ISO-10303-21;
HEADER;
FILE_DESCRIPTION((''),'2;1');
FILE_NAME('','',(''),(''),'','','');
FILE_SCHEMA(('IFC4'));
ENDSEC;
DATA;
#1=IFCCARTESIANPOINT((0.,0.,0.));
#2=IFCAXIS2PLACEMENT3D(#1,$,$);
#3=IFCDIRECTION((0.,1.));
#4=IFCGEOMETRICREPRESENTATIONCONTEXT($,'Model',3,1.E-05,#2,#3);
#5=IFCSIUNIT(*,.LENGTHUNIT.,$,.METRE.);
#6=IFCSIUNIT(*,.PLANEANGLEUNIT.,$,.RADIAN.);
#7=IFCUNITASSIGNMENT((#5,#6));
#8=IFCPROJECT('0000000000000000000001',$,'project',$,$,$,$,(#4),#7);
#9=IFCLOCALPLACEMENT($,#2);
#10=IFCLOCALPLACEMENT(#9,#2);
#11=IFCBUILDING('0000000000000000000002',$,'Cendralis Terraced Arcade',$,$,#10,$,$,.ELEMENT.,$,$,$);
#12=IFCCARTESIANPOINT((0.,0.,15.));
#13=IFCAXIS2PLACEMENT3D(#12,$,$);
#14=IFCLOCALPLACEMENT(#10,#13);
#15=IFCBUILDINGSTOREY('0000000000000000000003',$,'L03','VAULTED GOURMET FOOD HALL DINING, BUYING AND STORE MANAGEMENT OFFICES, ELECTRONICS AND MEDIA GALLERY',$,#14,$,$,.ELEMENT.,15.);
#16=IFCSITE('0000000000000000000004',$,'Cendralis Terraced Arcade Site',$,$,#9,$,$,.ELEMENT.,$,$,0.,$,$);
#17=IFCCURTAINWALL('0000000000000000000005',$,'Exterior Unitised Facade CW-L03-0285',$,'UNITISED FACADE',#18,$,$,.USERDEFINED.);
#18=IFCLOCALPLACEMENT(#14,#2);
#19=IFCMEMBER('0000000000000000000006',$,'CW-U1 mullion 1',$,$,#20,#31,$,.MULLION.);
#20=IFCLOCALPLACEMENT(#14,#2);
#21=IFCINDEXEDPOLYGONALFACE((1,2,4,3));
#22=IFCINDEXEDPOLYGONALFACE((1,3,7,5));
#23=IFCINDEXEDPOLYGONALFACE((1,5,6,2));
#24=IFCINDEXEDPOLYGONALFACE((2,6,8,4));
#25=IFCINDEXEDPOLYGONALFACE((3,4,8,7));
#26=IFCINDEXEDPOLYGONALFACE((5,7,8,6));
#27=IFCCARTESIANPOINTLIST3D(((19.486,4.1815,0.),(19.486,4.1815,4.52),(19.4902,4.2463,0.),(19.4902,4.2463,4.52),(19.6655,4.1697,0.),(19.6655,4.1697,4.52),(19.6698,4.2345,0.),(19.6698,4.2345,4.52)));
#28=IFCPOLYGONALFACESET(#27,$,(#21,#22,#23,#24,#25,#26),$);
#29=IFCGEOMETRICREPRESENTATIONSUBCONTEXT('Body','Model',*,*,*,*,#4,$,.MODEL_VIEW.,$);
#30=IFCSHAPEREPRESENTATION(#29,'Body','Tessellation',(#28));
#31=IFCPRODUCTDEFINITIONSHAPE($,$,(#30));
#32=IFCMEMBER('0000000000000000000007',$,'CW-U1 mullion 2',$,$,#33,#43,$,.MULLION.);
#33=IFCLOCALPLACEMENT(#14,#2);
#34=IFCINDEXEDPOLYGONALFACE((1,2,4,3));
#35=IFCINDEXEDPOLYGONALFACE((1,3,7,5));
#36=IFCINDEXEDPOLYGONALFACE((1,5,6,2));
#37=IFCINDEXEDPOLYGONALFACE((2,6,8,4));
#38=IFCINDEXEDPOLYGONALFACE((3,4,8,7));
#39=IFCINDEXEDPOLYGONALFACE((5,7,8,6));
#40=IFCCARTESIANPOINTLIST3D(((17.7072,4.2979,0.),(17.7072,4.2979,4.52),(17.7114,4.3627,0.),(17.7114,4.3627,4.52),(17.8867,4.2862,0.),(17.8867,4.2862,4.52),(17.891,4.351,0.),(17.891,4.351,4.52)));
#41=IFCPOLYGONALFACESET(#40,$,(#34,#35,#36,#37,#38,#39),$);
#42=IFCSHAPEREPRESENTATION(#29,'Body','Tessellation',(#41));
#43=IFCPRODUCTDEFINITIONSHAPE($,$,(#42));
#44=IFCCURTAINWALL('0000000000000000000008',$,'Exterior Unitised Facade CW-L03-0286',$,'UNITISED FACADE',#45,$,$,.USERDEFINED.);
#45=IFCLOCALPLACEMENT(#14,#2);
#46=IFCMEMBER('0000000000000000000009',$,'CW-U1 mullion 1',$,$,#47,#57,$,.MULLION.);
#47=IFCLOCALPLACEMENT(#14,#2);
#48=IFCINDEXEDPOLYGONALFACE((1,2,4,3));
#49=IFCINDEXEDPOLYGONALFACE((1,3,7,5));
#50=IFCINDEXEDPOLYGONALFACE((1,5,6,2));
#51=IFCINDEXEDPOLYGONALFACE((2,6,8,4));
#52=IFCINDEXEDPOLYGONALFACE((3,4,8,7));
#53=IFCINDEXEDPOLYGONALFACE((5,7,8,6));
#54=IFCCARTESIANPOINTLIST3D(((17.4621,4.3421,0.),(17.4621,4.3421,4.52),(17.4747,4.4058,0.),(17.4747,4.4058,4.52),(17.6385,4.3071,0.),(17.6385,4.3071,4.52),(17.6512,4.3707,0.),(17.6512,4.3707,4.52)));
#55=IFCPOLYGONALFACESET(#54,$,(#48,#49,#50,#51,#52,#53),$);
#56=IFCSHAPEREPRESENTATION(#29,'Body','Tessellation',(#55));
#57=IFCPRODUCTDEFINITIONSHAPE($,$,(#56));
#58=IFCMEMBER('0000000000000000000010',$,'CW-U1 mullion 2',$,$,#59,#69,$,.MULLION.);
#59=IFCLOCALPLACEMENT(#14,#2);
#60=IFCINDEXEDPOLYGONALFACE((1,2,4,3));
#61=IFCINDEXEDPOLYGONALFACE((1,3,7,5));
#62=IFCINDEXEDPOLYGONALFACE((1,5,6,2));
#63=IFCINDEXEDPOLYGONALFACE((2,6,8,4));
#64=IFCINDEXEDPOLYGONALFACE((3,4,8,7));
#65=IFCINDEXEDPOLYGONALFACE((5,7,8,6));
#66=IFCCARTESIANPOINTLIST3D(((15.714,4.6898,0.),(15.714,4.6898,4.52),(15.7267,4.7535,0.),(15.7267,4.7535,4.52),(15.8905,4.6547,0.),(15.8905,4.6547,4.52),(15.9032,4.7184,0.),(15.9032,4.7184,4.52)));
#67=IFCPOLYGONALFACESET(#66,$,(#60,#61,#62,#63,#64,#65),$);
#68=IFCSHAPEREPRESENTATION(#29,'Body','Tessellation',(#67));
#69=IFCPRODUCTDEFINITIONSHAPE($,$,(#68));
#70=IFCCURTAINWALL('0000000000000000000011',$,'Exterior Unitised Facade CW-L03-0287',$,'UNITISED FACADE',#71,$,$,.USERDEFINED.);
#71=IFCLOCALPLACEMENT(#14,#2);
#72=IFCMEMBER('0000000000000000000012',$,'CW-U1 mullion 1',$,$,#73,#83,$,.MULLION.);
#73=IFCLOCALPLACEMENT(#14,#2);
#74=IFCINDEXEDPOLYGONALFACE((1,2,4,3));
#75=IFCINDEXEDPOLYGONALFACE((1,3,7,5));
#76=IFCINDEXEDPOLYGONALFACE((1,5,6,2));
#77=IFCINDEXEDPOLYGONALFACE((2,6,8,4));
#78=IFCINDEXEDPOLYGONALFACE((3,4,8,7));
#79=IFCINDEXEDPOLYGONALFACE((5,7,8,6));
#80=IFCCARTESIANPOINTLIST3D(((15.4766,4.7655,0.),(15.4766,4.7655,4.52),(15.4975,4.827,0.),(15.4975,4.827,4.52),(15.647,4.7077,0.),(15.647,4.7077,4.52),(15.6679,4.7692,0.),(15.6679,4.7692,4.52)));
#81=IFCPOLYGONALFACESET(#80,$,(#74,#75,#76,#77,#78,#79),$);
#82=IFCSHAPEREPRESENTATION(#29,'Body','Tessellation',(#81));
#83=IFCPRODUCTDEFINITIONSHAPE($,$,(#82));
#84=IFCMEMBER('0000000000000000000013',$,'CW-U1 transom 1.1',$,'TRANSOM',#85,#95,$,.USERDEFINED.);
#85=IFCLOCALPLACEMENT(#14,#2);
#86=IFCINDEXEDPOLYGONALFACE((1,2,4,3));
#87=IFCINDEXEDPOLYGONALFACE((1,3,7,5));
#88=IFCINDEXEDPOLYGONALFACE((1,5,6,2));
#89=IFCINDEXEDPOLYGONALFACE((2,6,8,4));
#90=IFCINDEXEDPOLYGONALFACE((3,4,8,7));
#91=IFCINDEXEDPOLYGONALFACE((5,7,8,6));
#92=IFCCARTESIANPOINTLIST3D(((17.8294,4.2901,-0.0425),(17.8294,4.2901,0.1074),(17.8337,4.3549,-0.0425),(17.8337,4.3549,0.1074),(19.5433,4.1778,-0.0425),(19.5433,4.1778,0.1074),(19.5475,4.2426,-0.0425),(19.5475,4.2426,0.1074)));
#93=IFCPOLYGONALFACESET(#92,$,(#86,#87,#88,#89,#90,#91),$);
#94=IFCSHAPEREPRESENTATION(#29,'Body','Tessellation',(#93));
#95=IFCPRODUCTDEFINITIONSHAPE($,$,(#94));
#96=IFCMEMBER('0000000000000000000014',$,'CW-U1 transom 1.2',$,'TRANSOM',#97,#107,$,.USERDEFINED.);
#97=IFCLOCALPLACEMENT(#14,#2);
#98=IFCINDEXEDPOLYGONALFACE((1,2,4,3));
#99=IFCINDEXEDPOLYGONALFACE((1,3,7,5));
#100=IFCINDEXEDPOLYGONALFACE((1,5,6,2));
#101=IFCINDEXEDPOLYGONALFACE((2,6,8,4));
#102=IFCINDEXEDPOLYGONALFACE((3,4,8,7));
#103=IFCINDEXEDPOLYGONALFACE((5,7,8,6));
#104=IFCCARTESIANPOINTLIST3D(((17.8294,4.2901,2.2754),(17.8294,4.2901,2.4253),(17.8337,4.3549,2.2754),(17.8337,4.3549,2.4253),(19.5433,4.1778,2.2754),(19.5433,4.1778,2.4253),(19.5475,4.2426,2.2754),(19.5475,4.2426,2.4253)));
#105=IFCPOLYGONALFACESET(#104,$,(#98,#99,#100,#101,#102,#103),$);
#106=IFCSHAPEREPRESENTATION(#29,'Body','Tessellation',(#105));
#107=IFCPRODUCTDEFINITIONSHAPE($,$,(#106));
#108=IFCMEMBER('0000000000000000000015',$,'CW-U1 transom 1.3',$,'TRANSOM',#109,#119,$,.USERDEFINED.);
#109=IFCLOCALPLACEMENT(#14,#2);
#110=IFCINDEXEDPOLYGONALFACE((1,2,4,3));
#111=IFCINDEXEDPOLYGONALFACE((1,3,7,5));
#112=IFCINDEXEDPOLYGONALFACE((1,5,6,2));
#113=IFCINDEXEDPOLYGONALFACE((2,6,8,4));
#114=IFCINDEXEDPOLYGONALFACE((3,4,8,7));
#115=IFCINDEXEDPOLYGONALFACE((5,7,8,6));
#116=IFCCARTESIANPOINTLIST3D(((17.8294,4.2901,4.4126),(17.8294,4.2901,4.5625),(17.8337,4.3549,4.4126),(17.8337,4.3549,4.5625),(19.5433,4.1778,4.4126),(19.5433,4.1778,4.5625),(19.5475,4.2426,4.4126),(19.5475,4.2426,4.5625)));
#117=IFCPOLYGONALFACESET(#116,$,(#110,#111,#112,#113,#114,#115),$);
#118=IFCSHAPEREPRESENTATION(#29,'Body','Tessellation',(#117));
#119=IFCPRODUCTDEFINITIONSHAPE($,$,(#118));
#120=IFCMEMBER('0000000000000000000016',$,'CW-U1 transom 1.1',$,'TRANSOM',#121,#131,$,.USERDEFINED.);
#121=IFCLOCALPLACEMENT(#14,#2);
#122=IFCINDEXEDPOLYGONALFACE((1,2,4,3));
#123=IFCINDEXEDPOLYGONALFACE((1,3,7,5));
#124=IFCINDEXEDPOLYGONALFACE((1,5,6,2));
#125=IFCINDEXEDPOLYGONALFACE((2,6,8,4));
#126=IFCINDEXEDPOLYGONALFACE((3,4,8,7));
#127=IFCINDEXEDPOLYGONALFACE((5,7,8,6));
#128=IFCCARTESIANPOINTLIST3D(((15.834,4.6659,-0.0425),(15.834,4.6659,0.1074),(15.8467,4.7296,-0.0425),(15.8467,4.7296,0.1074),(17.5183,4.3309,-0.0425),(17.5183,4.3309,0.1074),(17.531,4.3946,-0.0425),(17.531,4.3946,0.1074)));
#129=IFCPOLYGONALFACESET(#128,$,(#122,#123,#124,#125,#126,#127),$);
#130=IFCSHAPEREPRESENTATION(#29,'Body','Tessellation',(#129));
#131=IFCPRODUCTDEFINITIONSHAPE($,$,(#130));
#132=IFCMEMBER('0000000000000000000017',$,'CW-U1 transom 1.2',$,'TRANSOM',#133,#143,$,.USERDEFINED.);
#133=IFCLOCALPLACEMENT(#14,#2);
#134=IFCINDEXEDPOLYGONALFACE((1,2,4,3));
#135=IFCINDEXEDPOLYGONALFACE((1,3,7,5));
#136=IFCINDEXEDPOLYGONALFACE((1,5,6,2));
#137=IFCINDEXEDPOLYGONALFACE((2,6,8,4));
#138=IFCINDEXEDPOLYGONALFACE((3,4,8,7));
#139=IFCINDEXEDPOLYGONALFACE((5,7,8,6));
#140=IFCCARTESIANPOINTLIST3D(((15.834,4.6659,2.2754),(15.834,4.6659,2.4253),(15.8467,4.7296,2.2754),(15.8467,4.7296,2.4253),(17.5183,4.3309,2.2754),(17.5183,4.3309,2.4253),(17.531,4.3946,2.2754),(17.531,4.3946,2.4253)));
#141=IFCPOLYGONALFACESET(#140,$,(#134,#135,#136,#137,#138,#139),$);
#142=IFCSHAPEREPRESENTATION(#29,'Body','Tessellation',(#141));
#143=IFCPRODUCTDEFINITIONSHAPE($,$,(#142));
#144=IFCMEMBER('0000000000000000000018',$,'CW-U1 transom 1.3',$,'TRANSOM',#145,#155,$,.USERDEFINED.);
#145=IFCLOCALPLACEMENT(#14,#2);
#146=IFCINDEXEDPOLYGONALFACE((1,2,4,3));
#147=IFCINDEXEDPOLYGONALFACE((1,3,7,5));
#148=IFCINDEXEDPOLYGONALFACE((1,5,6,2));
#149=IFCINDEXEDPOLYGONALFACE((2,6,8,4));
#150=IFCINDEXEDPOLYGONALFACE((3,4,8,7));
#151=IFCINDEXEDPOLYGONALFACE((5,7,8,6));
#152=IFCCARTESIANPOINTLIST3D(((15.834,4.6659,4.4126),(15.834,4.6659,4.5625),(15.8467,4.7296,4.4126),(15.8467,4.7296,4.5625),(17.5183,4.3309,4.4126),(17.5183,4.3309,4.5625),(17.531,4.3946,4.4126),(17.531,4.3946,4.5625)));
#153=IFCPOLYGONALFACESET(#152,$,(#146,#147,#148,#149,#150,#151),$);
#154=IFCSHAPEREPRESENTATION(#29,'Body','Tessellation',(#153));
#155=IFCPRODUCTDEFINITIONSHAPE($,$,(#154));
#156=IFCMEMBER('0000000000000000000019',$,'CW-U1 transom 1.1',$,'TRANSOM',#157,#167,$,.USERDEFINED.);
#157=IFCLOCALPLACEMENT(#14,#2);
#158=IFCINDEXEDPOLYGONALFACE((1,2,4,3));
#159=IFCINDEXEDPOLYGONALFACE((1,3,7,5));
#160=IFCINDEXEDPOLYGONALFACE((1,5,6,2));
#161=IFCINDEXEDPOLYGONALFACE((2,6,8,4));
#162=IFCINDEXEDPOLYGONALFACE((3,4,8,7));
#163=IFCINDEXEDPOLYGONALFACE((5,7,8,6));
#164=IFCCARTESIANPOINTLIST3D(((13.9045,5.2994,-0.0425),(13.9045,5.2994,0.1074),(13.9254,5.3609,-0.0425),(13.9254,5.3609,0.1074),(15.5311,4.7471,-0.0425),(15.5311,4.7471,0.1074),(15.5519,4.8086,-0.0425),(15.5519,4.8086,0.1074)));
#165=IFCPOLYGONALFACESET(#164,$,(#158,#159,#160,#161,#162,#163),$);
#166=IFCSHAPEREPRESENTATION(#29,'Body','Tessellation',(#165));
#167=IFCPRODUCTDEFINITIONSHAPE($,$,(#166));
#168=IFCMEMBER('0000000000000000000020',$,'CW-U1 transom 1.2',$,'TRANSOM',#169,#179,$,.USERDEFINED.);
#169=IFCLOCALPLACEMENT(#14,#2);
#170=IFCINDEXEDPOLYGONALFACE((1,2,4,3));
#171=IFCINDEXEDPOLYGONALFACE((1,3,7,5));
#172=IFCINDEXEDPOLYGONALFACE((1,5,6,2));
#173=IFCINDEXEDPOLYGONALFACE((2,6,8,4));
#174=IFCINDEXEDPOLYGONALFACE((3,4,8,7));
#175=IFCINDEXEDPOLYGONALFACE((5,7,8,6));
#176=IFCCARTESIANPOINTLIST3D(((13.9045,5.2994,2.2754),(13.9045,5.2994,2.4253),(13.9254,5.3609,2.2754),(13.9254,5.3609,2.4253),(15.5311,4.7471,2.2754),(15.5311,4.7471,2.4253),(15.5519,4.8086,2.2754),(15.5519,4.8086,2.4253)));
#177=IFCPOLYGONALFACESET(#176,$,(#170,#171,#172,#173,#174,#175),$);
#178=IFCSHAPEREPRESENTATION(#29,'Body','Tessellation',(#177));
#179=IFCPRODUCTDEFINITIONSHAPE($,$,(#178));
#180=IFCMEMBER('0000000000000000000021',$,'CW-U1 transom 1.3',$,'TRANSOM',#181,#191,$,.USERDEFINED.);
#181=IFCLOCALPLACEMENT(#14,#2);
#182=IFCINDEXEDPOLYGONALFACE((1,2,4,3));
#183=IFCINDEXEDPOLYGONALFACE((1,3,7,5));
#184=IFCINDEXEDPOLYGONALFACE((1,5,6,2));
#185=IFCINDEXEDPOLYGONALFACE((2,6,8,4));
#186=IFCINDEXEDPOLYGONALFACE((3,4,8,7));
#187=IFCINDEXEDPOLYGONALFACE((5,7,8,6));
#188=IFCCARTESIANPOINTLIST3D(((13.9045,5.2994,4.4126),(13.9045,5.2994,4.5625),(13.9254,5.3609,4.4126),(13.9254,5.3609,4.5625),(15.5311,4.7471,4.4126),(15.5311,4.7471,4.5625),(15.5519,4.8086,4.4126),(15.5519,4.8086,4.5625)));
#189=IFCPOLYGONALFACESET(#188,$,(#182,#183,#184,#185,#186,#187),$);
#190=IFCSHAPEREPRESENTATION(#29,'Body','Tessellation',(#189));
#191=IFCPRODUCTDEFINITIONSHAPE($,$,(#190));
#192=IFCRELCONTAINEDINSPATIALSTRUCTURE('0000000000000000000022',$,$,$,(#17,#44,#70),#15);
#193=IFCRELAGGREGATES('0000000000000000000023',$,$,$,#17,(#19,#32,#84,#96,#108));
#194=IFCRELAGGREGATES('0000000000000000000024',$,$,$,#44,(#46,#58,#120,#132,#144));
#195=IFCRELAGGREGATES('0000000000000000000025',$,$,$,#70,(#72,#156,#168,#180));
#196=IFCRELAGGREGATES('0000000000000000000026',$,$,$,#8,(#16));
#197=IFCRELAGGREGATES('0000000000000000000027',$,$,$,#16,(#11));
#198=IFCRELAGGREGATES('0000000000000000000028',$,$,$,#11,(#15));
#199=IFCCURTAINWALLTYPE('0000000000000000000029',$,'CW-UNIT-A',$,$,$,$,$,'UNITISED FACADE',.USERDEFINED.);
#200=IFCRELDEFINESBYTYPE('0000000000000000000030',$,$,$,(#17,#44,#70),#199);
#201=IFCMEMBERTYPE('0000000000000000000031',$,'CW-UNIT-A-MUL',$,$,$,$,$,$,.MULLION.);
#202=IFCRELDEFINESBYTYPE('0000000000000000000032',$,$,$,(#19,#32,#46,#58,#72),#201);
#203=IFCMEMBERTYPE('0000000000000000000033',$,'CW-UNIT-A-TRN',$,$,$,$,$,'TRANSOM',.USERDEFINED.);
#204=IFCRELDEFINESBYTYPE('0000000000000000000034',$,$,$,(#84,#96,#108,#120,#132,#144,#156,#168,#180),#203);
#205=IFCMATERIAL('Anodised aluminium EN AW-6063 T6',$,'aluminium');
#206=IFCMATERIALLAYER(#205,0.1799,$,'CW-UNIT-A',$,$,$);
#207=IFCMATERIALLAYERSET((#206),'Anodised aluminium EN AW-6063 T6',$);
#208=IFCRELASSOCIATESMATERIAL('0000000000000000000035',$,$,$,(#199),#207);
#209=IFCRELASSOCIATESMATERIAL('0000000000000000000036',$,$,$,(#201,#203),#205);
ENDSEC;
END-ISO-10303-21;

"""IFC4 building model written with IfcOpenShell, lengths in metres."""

from ifc_helpers import new_model, si_unit, direction, frame, origin, origin_2d, place, context, subcontext, project, spatial, rectangle, extrude, material, layer, layer_set, material_profile, profile_set, type_object, element, aggregate, save


model = new_model("IFC4")

# Units and contexts
model_context = context("Model", 3, precision=1e-05, world=origin(), true_north=direction((0.0, 1.0)))
body_context = subcontext(model_context, "Body", "Model", "MODEL_VIEW")
ifc_project = project(units=[si_unit("LENGTHUNIT", "METRE"), si_unit("PLANEANGLEUNIT", "RADIAN")], contexts=[model_context])

# Site, building, storey
site_placement = place(None, origin())
site = spatial("IfcSite", under=ifc_project, at=site_placement, Name="Cendralis Terraced Arcade Site", CompositionType="ELEMENT", RefElevation=0.0)
building_placement = place(site_placement, origin())
building = spatial("IfcBuilding", under=site, at=building_placement, Name="Cendralis Terraced Arcade", CompositionType="ELEMENT")
storey_placement = place(building_placement, frame((0.0, 0.0, 15.0)))
storey = spatial("IfcBuildingStorey", under=building, at=storey_placement, Name="L03", Description="VAULTED GOURMET FOOD HALL DINING, BUYING AND STORE MANAGEMENT OFFICES, ELECTRONICS AND MEDIA GALLERY", CompositionType="ELEMENT", Elevation=15.0)

# Curtain walls, members
ifc_material_1 = material(Name="Anodised aluminium EN AW-6063 T6", Category="aluminium")
ifc_layer_1 = layer(ifc_material_1, 0.1799, Name="CW-UNIT-A")
ifc_layer_set_1 = layer_set([ifc_layer_1], Name="Anodised aluminium EN AW-6063 T6")
curtain_wall_type = type_object("IfcCurtainWallType", Name="CW-UNIT-A", ElementType="UNITISED FACADE", PredefinedType="USERDEFINED", material=ifc_layer_set_1)
curtain_wall_1_placement = place(storey_placement, origin())
curtain_wall_1 = element("IfcCurtainWall", 1, at=curtain_wall_1_placement, inside=storey, type_object=curtain_wall_type, Name="Exterior Unitised Facade CW-L03-0285", ObjectType="UNITISED FACADE", PredefinedType="USERDEFINED")
ifc_material_profile_1 = material_profile(ifc_material_1, rectangle(XDim=0.0649, YDim=0.1799, at=origin_2d()), Name="ALU-MUL-65x180")
ifc_profile_set_1 = profile_set([ifc_material_profile_1], Name="Anodised aluminium EN AW-6063 T6")
member_type_1 = type_object("IfcMemberType", Name="CW-UNIT-A-MUL", PredefinedType="MULLION", material=ifc_profile_set_1)
member_1_placement = place(storey_placement, frame((19.5779, 4.208, 0.0), z_axis=(0.0, 0.0, 1.0), x_axis=(-0.065384, -0.99786, 0.0)))
member_1 = element("IfcMember", 2, at=member_1_placement, type_object=member_type_1, Name="CW-U1 mullion 1", PredefinedType="MULLION", context=body_context, shape_type="SweptSolid", body=[
    extrude(rectangle(XDim=0.0649, YDim=0.1799, at=origin_2d()), origin(), (0.0, 0.0, 1.0), 4.52),
])
member_2_placement = place(storey_placement, frame((17.7991, 4.3245, 0.0), z_axis=(0.0, 0.0, 1.0), x_axis=(-0.065384, -0.99786, 0.0)))
member_2 = element("IfcMember", 3, at=member_2_placement, type_object=member_type_1, Name="CW-U1 mullion 2", PredefinedType="MULLION", context=body_context, shape_type="SweptSolid", body=[
    extrude(rectangle(XDim=0.0649, YDim=0.1799, at=origin_2d()), origin(), (0.0, 0.0, 1.0), 4.52),
])
curtain_wall_2_placement = place(storey_placement, origin())
curtain_wall_2 = element("IfcCurtainWall", 4, at=curtain_wall_2_placement, inside=storey, type_object=curtain_wall_type, Name="Exterior Unitised Facade CW-L03-0286", ObjectType="UNITISED FACADE", PredefinedType="USERDEFINED")
member_3_placement = place(storey_placement, frame((17.5566, 4.3564, 0.0), z_axis=(0.0, 0.0, 1.0), x_axis=(-0.195033, -0.980797, 0.0)))
member_3 = element("IfcMember", 5, at=member_3_placement, type_object=member_type_1, Name="CW-U1 mullion 1", PredefinedType="MULLION", context=body_context, shape_type="SweptSolid", body=[
    extrude(rectangle(XDim=0.0649, YDim=0.1799, at=origin_2d()), origin(), (0.0, 0.0, 1.0), 4.52),
])
member_4_placement = place(storey_placement, frame((15.8086, 4.7041, 0.0), z_axis=(0.0, 0.0, 1.0), x_axis=(-0.195033, -0.980797, 0.0)))
member_4 = element("IfcMember", 6, at=member_4_placement, type_object=member_type_1, Name="CW-U1 mullion 2", PredefinedType="MULLION", context=body_context, shape_type="SweptSolid", body=[
    extrude(rectangle(XDim=0.0649, YDim=0.1799, at=origin_2d()), origin(), (0.0, 0.0, 1.0), 4.52),
])

# Curtain wall, member
curtain_wall_3_placement = place(storey_placement, origin())
curtain_wall_3 = element("IfcCurtainWall", 7, at=curtain_wall_3_placement, inside=storey, type_object=curtain_wall_type, Name="Exterior Unitised Facade CW-L03-0287", ObjectType="UNITISED FACADE", PredefinedType="USERDEFINED")
member_5_placement = place(storey_placement, frame((15.5723, 4.7673, 0.0), z_axis=(0.0, 0.0, 1.0), x_axis=(-0.3215, -0.94691, 0.0)))
member_5 = element("IfcMember", 8, at=member_5_placement, type_object=member_type_1, Name="CW-U1 mullion 1", PredefinedType="MULLION", context=body_context, shape_type="SweptSolid", body=[
    extrude(rectangle(XDim=0.0649, YDim=0.1799, at=origin_2d()), origin(), (0.0, 0.0, 1.0), 4.52),
])

# Members
ifc_material_profile_2 = material_profile(ifc_material_1, rectangle(XDim=0.0649, YDim=0.1499, at=origin_2d()), Name="ALU-TRN-65x150")
ifc_profile_set_2 = profile_set([ifc_material_profile_2], Name="Anodised aluminium EN AW-6063 T6")
member_type_2 = type_object("IfcMemberType", Name="CW-UNIT-A-TRN", ElementType="TRANSOM", PredefinedType="USERDEFINED", material=ifc_profile_set_2)
member_6_placement = place(storey_placement, frame((19.5454, 4.2102, 0.0325), z_axis=(-0.99786, 0.065387, 0.0), x_axis=(-0.065387, -0.99786, 0.0)))
member_6 = element("IfcMember", 9, at=member_6_placement, type_object=member_type_2, Name="CW-U1 transom 1.1", ObjectType="TRANSOM", PredefinedType="USERDEFINED", context=body_context, shape_type="SweptSolid", body=[
    extrude(rectangle(XDim=0.0649, YDim=0.1499, at=origin_2d()), origin(), (0.0, 0.0, 1.0), 1.7175),
])
member_7_placement = place(storey_placement, frame((19.5454, 4.2102, 2.3503), z_axis=(-0.99786, 0.065387, 0.0), x_axis=(-0.065387, -0.99786, 0.0)))
member_7 = element("IfcMember", 10, at=member_7_placement, type_object=member_type_2, Name="CW-U1 transom 1.2", ObjectType="TRANSOM", PredefinedType="USERDEFINED", context=body_context, shape_type="SweptSolid", body=[
    extrude(rectangle(XDim=0.0649, YDim=0.1499, at=origin_2d()), origin(), (0.0, 0.0, 1.0), 1.7175),
])
member_8_placement = place(storey_placement, frame((19.5454, 4.2102, 4.4875), z_axis=(-0.99786, 0.065387, 0.0), x_axis=(-0.065387, -0.99786, 0.0)))
member_8 = element("IfcMember", 11, at=member_8_placement, type_object=member_type_2, Name="CW-U1 transom 1.3", ObjectType="TRANSOM", PredefinedType="USERDEFINED", context=body_context, shape_type="SweptSolid", body=[
    extrude(rectangle(XDim=0.0649, YDim=0.1499, at=origin_2d()), origin(), (0.0, 0.0, 1.0), 1.7175),
])
member_9_placement = place(storey_placement, frame((17.5247, 4.3628, 0.0325), z_axis=(-0.980793, 0.19505, 0.0), x_axis=(-0.19505, -0.980793, 0.0)))
member_9 = element("IfcMember", 12, at=member_9_placement, type_object=member_type_2, Name="CW-U1 transom 1.1", ObjectType="TRANSOM", PredefinedType="USERDEFINED", context=body_context, shape_type="SweptSolid", body=[
    extrude(rectangle(XDim=0.0649, YDim=0.1499, at=origin_2d()), origin(), (0.0, 0.0, 1.0), 1.7173),
])
member_10_placement = place(storey_placement, frame((17.5247, 4.3628, 2.3503), z_axis=(-0.980793, 0.19505, 0.0), x_axis=(-0.19505, -0.980793, 0.0)))
member_10 = element("IfcMember", 13, at=member_10_placement, type_object=member_type_2, Name="CW-U1 transom 1.2", ObjectType="TRANSOM", PredefinedType="USERDEFINED", context=body_context, shape_type="SweptSolid", body=[
    extrude(rectangle(XDim=0.0649, YDim=0.1499, at=origin_2d()), origin(), (0.0, 0.0, 1.0), 1.7173),
])
member_11_placement = place(storey_placement, frame((17.5247, 4.3628, 4.4875), z_axis=(-0.980793, 0.19505, 0.0), x_axis=(-0.19505, -0.980793, 0.0)))
member_11 = element("IfcMember", 14, at=member_11_placement, type_object=member_type_2, Name="CW-U1 transom 1.3", ObjectType="TRANSOM", PredefinedType="USERDEFINED", context=body_context, shape_type="SweptSolid", body=[
    extrude(rectangle(XDim=0.0649, YDim=0.1499, at=origin_2d()), origin(), (0.0, 0.0, 1.0), 1.7173),
])
member_12_placement = place(storey_placement, frame((15.5415, 4.7778, 0.0325), z_axis=(-0.946906, 0.32151, 0.0), x_axis=(-0.32151, -0.946906, 0.0)))
member_12 = element("IfcMember", 15, at=member_12_placement, type_object=member_type_2, Name="CW-U1 transom 1.1", ObjectType="TRANSOM", PredefinedType="USERDEFINED", context=body_context, shape_type="SweptSolid", body=[
    extrude(rectangle(XDim=0.0649, YDim=0.1499, at=origin_2d()), origin(), (0.0, 0.0, 1.0), 1.7178),
])
member_13_placement = place(storey_placement, frame((15.5415, 4.7778, 2.3503), z_axis=(-0.946906, 0.32151, 0.0), x_axis=(-0.32151, -0.946906, 0.0)))
member_13 = element("IfcMember", 16, at=member_13_placement, type_object=member_type_2, Name="CW-U1 transom 1.2", ObjectType="TRANSOM", PredefinedType="USERDEFINED", context=body_context, shape_type="SweptSolid", body=[
    extrude(rectangle(XDim=0.0649, YDim=0.1499, at=origin_2d()), origin(), (0.0, 0.0, 1.0), 1.7178),
])
member_14_placement = place(storey_placement, frame((15.5415, 4.7778, 4.4875), z_axis=(-0.946906, 0.32151, 0.0), x_axis=(-0.32151, -0.946906, 0.0)))
member_14 = element("IfcMember", 17, at=member_14_placement, type_object=member_type_2, Name="CW-U1 transom 1.3", ObjectType="TRANSOM", PredefinedType="USERDEFINED", context=body_context, shape_type="SweptSolid", body=[
    extrude(rectangle(XDim=0.0649, YDim=0.1499, at=origin_2d()), origin(), (0.0, 0.0, 1.0), 1.7178),
])

aggregate(curtain_wall_1, [member_1, member_2, member_6, member_7, member_8])
aggregate(curtain_wall_2, [member_3, member_4, member_9, member_10, member_11])
aggregate(curtain_wall_3, [member_5, member_12, member_13, member_14])

save(model, "model.ifc")
